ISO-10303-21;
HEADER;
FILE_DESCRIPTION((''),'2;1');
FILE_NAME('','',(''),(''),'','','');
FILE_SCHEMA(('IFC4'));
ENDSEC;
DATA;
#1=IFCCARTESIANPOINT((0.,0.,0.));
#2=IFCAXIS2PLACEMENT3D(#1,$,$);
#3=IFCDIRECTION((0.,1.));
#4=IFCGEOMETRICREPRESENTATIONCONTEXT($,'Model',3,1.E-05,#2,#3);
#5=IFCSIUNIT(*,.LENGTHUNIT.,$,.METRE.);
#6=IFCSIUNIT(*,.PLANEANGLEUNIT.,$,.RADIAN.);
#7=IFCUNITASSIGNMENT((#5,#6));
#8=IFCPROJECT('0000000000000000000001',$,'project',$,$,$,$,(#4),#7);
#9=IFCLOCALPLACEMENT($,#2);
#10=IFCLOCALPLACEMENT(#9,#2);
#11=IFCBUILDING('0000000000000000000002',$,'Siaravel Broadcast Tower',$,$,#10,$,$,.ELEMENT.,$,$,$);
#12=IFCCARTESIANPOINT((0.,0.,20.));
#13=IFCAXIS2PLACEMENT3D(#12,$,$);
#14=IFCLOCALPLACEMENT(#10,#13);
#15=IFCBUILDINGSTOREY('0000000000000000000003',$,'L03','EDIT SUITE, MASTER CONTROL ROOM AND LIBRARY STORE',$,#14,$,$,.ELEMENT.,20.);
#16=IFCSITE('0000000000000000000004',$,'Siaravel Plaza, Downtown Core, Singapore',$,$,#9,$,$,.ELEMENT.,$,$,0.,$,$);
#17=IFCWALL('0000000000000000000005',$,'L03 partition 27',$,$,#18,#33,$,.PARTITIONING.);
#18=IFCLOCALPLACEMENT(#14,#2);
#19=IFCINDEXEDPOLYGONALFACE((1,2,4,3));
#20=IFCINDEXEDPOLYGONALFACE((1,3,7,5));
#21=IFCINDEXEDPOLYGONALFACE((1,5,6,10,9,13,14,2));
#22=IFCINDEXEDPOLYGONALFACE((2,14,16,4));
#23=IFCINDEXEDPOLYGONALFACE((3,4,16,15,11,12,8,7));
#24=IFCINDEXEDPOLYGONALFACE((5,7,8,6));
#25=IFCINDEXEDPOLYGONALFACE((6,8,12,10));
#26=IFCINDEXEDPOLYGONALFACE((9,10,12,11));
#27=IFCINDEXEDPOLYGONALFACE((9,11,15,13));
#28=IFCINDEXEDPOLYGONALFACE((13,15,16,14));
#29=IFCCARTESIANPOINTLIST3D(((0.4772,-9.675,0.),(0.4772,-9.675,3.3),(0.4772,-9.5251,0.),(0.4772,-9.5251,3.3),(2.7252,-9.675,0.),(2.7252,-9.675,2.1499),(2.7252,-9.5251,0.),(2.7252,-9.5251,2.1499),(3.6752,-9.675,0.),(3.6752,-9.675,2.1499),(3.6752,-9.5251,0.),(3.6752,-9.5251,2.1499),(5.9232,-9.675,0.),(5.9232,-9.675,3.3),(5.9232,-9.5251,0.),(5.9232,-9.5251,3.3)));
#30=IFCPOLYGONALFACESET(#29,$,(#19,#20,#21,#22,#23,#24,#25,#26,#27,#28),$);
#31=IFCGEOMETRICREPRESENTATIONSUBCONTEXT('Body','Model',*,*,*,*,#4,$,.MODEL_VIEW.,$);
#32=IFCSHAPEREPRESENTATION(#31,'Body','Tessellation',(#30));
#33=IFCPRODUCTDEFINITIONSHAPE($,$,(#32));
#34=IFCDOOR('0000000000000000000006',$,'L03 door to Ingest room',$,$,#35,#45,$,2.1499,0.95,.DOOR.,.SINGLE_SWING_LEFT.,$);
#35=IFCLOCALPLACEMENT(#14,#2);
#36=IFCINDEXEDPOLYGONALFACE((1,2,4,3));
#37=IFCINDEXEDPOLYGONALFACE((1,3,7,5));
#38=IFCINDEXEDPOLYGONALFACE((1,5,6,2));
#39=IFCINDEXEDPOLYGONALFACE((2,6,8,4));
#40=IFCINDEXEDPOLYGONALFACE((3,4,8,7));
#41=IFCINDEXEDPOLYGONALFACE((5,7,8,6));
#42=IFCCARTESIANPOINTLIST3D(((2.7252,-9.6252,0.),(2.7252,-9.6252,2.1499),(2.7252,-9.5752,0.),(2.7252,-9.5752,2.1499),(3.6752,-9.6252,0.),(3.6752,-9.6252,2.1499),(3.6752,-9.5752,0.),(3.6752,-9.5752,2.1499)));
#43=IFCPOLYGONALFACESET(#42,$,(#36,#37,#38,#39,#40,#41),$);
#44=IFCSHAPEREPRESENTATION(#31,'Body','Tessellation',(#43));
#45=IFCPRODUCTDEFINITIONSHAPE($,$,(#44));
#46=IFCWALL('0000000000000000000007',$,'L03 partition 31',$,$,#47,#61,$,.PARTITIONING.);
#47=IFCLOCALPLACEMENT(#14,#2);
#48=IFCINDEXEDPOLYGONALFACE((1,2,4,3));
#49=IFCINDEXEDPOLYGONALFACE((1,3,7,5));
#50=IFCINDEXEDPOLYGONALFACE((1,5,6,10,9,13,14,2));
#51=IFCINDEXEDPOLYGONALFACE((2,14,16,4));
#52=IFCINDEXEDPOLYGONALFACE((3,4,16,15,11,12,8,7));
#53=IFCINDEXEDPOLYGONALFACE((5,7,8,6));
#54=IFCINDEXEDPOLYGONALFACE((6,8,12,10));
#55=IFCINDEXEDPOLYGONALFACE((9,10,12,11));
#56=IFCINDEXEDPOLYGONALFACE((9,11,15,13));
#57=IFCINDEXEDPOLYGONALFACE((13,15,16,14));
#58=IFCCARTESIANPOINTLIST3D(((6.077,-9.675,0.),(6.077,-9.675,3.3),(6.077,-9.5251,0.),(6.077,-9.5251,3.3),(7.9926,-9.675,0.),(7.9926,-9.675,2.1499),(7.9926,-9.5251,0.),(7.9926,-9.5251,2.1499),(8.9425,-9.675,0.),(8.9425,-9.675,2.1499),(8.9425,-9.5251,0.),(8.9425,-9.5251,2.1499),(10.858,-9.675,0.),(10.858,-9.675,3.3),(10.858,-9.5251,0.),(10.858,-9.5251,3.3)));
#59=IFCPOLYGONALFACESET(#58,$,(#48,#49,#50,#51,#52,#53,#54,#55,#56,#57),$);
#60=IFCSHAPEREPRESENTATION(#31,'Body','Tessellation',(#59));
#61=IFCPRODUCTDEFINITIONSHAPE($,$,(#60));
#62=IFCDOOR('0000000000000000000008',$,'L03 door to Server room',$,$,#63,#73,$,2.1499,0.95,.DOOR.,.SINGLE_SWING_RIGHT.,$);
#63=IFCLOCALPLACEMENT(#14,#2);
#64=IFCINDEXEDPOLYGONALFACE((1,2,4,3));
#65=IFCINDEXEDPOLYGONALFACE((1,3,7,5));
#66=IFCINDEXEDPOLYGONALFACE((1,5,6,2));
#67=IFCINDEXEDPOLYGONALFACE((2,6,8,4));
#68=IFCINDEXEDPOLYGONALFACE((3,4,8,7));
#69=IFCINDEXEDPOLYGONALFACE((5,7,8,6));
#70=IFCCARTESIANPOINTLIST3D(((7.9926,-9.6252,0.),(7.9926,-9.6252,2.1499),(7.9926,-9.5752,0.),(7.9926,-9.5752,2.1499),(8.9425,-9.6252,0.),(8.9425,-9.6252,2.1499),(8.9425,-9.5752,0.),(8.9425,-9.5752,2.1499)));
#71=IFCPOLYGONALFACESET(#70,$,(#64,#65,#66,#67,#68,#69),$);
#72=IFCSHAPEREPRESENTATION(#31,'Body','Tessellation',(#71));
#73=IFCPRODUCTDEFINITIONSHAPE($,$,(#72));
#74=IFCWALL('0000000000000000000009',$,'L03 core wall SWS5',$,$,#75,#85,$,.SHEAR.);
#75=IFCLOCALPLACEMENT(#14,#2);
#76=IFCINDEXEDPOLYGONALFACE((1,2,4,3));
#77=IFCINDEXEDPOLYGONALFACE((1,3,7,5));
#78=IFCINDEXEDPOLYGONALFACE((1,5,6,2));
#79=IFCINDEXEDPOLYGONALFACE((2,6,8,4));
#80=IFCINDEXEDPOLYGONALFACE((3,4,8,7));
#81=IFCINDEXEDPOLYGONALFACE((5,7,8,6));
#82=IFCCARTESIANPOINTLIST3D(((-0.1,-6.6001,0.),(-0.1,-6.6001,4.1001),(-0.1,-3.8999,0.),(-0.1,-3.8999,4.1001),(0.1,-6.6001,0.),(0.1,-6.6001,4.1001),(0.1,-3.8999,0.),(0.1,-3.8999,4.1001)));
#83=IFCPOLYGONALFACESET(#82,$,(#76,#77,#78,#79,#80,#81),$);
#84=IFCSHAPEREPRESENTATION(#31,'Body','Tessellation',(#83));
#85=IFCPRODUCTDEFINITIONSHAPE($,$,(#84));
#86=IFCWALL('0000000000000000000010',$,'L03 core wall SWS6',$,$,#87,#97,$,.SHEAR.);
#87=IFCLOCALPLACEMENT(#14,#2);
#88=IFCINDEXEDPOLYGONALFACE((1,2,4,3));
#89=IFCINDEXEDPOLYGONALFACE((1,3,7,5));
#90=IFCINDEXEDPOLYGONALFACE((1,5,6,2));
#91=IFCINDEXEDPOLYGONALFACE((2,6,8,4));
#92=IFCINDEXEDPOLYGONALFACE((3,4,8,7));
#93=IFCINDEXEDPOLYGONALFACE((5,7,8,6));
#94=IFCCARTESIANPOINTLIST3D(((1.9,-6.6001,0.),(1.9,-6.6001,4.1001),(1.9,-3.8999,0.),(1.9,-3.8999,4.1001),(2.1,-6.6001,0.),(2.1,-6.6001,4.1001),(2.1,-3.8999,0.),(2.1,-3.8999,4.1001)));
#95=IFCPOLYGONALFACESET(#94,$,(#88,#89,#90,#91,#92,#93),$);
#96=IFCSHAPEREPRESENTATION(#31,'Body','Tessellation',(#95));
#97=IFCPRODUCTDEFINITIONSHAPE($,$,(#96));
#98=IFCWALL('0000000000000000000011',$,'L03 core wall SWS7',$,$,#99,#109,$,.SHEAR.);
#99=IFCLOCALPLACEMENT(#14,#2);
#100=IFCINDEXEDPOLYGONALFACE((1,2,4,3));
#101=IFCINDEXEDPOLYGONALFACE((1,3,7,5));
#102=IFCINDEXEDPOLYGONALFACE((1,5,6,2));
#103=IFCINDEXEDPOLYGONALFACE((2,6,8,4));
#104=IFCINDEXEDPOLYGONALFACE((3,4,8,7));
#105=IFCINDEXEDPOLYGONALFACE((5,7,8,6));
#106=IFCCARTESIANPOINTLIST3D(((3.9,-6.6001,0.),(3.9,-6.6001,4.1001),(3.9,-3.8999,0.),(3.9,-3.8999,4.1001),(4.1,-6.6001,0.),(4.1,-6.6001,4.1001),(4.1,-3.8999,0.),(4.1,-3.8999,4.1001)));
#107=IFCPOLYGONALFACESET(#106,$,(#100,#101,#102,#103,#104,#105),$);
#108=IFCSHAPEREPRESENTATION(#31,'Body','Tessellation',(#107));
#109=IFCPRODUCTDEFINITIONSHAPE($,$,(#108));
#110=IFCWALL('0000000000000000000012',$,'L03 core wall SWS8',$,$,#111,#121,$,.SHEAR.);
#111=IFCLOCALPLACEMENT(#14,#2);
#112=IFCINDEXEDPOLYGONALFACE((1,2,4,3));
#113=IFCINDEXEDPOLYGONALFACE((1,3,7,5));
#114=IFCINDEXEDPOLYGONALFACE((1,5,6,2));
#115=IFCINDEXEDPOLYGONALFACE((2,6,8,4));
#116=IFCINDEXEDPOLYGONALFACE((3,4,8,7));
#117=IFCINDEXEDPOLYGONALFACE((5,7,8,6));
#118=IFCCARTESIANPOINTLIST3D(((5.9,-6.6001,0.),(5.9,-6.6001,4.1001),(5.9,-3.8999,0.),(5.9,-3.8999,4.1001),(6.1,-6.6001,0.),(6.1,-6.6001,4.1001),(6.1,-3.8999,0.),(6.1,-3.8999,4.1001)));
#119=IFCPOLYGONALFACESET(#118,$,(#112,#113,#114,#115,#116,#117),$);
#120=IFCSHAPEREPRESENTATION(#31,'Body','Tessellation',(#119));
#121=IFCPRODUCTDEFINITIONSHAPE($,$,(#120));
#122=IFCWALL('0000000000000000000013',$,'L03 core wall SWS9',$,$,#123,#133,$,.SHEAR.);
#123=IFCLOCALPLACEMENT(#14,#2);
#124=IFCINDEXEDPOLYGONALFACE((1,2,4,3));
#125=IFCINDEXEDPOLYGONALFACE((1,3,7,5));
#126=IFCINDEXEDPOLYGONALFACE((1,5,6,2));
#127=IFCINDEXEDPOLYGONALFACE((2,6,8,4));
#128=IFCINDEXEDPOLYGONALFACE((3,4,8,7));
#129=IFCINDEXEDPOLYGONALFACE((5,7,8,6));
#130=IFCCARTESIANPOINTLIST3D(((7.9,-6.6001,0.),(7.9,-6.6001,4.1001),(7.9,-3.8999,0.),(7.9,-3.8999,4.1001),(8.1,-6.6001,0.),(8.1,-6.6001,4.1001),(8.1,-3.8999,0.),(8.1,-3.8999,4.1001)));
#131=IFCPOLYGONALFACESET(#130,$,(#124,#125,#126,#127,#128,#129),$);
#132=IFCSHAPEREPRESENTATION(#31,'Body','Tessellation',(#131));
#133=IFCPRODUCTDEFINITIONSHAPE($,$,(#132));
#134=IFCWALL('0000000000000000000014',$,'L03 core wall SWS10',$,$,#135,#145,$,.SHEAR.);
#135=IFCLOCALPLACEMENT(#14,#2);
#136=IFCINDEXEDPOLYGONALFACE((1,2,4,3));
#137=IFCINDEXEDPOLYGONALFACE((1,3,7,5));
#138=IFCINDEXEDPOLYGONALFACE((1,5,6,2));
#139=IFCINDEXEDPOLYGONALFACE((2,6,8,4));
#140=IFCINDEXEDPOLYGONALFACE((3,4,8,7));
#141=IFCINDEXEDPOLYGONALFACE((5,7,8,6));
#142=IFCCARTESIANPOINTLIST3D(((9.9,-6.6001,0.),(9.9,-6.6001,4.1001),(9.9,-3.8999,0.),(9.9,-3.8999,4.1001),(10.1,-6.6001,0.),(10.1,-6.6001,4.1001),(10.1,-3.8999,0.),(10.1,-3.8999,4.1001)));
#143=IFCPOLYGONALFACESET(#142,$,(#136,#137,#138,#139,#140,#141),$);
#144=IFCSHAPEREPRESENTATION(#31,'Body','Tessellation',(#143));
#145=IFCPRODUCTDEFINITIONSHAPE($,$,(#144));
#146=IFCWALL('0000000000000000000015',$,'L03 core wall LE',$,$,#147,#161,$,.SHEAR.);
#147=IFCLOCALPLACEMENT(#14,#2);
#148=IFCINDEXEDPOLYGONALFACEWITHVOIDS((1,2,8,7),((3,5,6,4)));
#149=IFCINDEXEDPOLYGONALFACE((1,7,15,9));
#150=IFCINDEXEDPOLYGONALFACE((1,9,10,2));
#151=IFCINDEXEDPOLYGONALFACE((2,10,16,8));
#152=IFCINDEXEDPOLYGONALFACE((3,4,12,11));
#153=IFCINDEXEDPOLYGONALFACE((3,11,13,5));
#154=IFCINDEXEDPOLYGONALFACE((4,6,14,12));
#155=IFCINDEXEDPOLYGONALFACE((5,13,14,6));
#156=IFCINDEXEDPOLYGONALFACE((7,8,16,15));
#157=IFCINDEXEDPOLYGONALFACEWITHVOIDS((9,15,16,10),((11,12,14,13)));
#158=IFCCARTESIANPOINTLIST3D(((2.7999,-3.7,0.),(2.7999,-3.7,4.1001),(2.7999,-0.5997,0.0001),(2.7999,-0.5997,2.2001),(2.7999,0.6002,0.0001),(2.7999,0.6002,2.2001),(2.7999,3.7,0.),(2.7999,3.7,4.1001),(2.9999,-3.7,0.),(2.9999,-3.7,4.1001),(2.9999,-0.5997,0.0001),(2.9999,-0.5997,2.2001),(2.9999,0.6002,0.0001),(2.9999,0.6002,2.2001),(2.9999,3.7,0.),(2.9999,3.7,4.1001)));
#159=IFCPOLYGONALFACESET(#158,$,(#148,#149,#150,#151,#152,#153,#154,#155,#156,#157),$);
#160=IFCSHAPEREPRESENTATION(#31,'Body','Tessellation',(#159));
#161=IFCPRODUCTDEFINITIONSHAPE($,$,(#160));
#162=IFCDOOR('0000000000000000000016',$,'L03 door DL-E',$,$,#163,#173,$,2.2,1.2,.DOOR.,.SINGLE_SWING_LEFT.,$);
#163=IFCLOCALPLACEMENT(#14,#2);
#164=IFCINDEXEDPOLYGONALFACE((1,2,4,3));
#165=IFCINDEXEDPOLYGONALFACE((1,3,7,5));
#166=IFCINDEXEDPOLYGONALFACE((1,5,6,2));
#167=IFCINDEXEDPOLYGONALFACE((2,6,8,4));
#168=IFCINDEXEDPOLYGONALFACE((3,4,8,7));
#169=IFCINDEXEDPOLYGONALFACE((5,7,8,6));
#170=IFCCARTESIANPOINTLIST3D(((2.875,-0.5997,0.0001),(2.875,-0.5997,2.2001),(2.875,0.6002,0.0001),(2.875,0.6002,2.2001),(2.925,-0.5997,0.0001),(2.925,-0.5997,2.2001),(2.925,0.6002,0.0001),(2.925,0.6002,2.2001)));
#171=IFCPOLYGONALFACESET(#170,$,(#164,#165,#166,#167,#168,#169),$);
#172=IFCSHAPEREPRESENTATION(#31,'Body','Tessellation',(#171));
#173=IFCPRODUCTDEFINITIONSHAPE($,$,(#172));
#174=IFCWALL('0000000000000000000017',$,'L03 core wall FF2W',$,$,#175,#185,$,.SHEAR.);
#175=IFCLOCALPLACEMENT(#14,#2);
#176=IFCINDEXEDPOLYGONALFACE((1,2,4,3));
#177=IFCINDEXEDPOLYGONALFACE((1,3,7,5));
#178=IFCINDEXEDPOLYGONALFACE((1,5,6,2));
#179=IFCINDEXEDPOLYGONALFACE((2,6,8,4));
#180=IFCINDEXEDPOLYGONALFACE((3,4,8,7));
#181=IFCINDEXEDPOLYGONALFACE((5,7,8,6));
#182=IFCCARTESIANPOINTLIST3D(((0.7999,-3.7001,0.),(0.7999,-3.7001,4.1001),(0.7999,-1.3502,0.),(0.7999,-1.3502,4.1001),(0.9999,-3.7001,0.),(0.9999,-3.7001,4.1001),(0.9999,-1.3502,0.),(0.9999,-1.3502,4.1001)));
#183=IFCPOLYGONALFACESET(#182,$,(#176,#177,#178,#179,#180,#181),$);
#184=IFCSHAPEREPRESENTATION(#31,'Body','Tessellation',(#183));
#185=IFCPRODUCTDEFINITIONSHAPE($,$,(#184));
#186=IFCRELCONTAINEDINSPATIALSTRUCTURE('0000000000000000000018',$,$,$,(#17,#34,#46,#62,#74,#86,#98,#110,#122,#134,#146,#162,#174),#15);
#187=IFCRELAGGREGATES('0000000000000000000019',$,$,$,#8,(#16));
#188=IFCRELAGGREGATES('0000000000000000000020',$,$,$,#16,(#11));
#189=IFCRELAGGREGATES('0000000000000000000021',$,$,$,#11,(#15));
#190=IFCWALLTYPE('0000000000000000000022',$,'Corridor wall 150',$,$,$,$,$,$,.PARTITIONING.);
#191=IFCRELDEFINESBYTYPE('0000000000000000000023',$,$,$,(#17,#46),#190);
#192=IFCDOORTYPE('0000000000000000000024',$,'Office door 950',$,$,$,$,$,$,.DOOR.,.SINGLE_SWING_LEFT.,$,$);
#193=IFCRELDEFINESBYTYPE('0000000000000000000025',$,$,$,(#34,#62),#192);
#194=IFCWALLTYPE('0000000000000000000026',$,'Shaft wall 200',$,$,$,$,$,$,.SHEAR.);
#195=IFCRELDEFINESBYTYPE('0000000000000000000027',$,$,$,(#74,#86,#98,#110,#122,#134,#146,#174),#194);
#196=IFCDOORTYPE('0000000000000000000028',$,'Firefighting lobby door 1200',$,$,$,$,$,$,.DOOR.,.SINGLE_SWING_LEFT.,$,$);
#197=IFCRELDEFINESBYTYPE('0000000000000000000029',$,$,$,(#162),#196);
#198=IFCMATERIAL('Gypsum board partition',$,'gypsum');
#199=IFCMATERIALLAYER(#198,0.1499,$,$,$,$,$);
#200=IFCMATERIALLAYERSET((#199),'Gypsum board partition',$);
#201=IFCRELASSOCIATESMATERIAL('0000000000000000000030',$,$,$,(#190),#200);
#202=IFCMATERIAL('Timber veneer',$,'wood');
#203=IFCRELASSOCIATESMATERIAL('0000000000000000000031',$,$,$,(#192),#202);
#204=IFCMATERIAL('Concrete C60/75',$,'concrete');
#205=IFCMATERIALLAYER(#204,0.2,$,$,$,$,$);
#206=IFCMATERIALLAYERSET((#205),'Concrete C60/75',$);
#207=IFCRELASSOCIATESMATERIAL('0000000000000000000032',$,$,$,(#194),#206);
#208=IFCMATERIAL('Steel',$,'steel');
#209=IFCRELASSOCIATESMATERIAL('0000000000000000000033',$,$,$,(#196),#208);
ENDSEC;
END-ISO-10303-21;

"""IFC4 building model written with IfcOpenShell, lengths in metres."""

from ifc_helpers import new_model, si_unit, direction, frame, frame_2d, origin, place, context, subcontext, project, spatial, rectangle, extrude, material, layer, layer_set, type_object, element, fill, save


model = new_model("IFC4")

# Units and contexts
model_context = context("Model", 3, precision=1e-05, world=origin(), true_north=direction((0.0, 1.0)))
body_context = subcontext(model_context, "Body", "Model", "MODEL_VIEW")
ifc_project = project(units=[si_unit("LENGTHUNIT", "METRE"), si_unit("PLANEANGLEUNIT", "RADIAN")], contexts=[model_context])

# Site, building, storey
site_placement = place(None, origin())
site = spatial("IfcSite", under=ifc_project, at=site_placement, Name="Siaravel Plaza, Downtown Core, Singapore", CompositionType="ELEMENT", RefElevation=0.0)
building_placement = place(site_placement, origin())
building = spatial("IfcBuilding", under=site, at=building_placement, Name="Siaravel Broadcast Tower", CompositionType="ELEMENT")
storey_placement = place(building_placement, frame((0.0, 0.0, 20.0)))
storey = spatial("IfcBuildingStorey", under=building, at=storey_placement, Name="L03", Description="EDIT SUITE, MASTER CONTROL ROOM AND LIBRARY STORE", CompositionType="ELEMENT", Elevation=20.0)

# Shared definitions
ifc_material_1 = material(Name="Concrete C60/75", Category="concrete")
ifc_material_2 = material(Name="Steel", Category="steel")

# Shared definitions
ifc_material_3 = material(Name="Gypsum board partition", Category="gypsum")
ifc_layer_1 = layer(ifc_material_3, 0.1499)
ifc_layer_set_1 = layer_set([ifc_layer_1], Name="Gypsum board partition")
wall_type_1 = type_object("IfcWallType", Name="Corridor wall 150", PredefinedType="PARTITIONING", material=ifc_layer_set_1)
ifc_material_4 = material(Name="Timber veneer", Category="wood")

# Walls, openings, doors
wall_1_placement = place(storey_placement, frame((0.4771, -9.6001, 0.0), z_axis=(0.0, 0.0, 1.0), x_axis=(1.0, 0.0, 0.0)))
wall_1 = element("IfcWall", 1, at=wall_1_placement, inside=storey, type_object=wall_type_1, Name="L03 partition 27", PredefinedType="PARTITIONING", context=body_context, shape_type="SweptSolid", body=[
    extrude(rectangle(XDim=5.446, YDim=0.1499, at=frame_2d((2.7231, 0.0))), origin(), (0.0, 0.0, 1.0), 3.3),
])
opening_1_placement = place(wall_1_placement, frame((2.248, 0.0, 0.0)))
opening_1 = element("IfcOpeningElement", 2, at=opening_1_placement, cuts=wall_1, PredefinedType="OPENING", context=body_context, shape_type="SweptSolid", body=[
    extrude(rectangle(XDim=0.95, YDim=2.1499, at=frame_2d((0.4751, 1.075))), frame((0.0, 0.085, 0.0), z_axis=(0.0, -1.0, 0.0), x_axis=(1.0, 0.0, 0.0)), (0.0, 0.0, 1.0), 0.1699),
])
door_type_1 = type_object("IfcDoorType", Name="Office door 950", OperationType="SINGLE_SWING_LEFT", PredefinedType="DOOR", material=ifc_material_4)
door_1_placement = place(opening_1_placement, origin())
door_1 = element("IfcDoor", 3, at=door_1_placement, inside=storey, type_object=door_type_1, Name="L03 door to Ingest room", OperationType="SINGLE_SWING_LEFT", OverallHeight=2.1499, OverallWidth=0.95, PredefinedType="DOOR", context=body_context, shape_type="SweptSolid", body=[
    extrude(rectangle(XDim=0.95, YDim=2.1499, at=frame_2d((0.4751, 1.075))), frame((0.0, 0.0249, 0.0), z_axis=(0.0, -1.0, 0.0), x_axis=(1.0, 0.0, 0.0)), (0.0, 0.0, 1.0), 0.05),
])
fill(opening_1, door_1)
wall_2_placement = place(storey_placement, frame((6.0769, -9.6001, 0.0), z_axis=(0.0, 0.0, 1.0), x_axis=(1.0, 0.0, 0.0)))
wall_2 = element("IfcWall", 4, at=wall_2_placement, inside=storey, type_object=wall_type_1, Name="L03 partition 31", PredefinedType="PARTITIONING", context=body_context, shape_type="SweptSolid", body=[
    extrude(rectangle(XDim=4.781, YDim=0.1499, at=frame_2d((2.3906, 0.0))), origin(), (0.0, 0.0, 1.0), 3.3),
])
opening_2_placement = place(wall_2_placement, frame((1.9155, 0.0, 0.0)))
opening_2 = element("IfcOpeningElement", 5, at=opening_2_placement, cuts=wall_2, PredefinedType="OPENING", context=body_context, shape_type="SweptSolid", body=[
    extrude(rectangle(XDim=0.95, YDim=2.1499, at=frame_2d((0.4751, 1.075))), frame((0.0, 0.085, 0.0), z_axis=(0.0, -1.0, 0.0), x_axis=(1.0, 0.0, 0.0)), (0.0, 0.0, 1.0), 0.1699),
])
door_2_placement = place(opening_2_placement, origin())
door_2 = element("IfcDoor", 6, at=door_2_placement, inside=storey, type_object=door_type_1, Name="L03 door to Server room", OperationType="SINGLE_SWING_RIGHT", OverallHeight=2.1499, OverallWidth=0.95, PredefinedType="DOOR", context=body_context, shape_type="SweptSolid", body=[
    extrude(rectangle(XDim=0.95, YDim=2.1499, at=frame_2d((0.4751, 1.075))), frame((0.0, 0.0249, 0.0), z_axis=(0.0, -1.0, 0.0), x_axis=(1.0, 0.0, 0.0)), (0.0, 0.0, 1.0), 0.05),
])
fill(opening_2, door_2)

# Walls
ifc_layer_2 = layer(ifc_material_1, 0.2)
ifc_layer_set_2 = layer_set([ifc_layer_2], Name="Concrete C60/75")
wall_type_2 = type_object("IfcWallType", Name="Shaft wall 200", PredefinedType="SHEAR", material=ifc_layer_set_2)
for number, where, z_axis, x_axis, name in (
    (7, (0.0, -6.6001, 0.0), (0.0, 0.0, 1.0), (0.0, 1.0, 0.0), "L03 core wall SWS5"),
    (8, (2.0, -6.6001, 0.0), (0.0, 0.0, 1.0), (0.0, 1.0, 0.0), "L03 core wall SWS6"),
    (9, (4.0, -6.6001, 0.0), (0.0, 0.0, 1.0), (0.0, 1.0, 0.0), "L03 core wall SWS7"),
    (10, (6.0, -6.6001, 0.0), (0.0, 0.0, 1.0), (0.0, 1.0, 0.0), "L03 core wall SWS8"),
    (11, (8.0, -6.6001, 0.0), (0.0, 0.0, 1.0), (0.0, 1.0, 0.0), "L03 core wall SWS9"),
    (12, (10.0, -6.6001, 0.0), (0.0, 0.0, 1.0), (0.0, 1.0, 0.0), "L03 core wall SWS10"),
):
    element("IfcWall", number, at=place(storey_placement, frame(where, z_axis=z_axis, x_axis=x_axis)), inside=storey, type_object=wall_type_2, Name=name, PredefinedType="SHEAR", context=body_context, shape_type="SweptSolid", body=[
        extrude(rectangle(XDim=2.7002, YDim=0.2, at=frame_2d((1.3501, 0.0))), origin(), (0.0, 0.0, 1.0), 4.1001),
    ])

# Wall, opening, door
wall_3_placement = place(storey_placement, frame((2.8999, -3.7, 0.0), z_axis=(0.0, 0.0, 1.0), x_axis=(0.0, 1.0, 0.0)))
wall_3 = element("IfcWall", 13, at=wall_3_placement, inside=storey, type_object=wall_type_2, Name="L03 core wall LE", PredefinedType="SHEAR", context=body_context, shape_type="SweptSolid", body=[
    extrude(rectangle(XDim=7.3999, YDim=0.2, at=frame_2d((3.7, 0.0))), origin(), (0.0, 0.0, 1.0), 4.1001),
])
opening_3_placement = place(wall_3_placement, frame((3.1001, 0.0, 0.0)))
opening_3 = element("IfcOpeningElement", 14, at=opening_3_placement, cuts=wall_3, PredefinedType="OPENING", context=body_context, shape_type="SweptSolid", body=[
    extrude(rectangle(XDim=1.2, YDim=2.2, at=frame_2d((0.6001, 1.1001))), frame((0.0, 0.1099, 0.0), z_axis=(0.0, -1.0, 0.0), x_axis=(1.0, 0.0, 0.0)), (0.0, 0.0, 1.0), 0.22),
])
door_type_2 = type_object("IfcDoorType", Name="Firefighting lobby door 1200", OperationType="SINGLE_SWING_LEFT", PredefinedType="DOOR", material=ifc_material_2)
door_3_placement = place(opening_3_placement, origin())
door_3 = element("IfcDoor", 15, at=door_3_placement, inside=storey, type_object=door_type_2, Name="L03 door DL-E", OperationType="SINGLE_SWING_LEFT", OverallHeight=2.2, OverallWidth=1.2, PredefinedType="DOOR", context=body_context, shape_type="SweptSolid", body=[
    extrude(rectangle(XDim=1.2, YDim=2.2, at=frame_2d((0.6001, 1.1001))), frame((0.0, 0.0249, 0.0), z_axis=(0.0, -1.0, 0.0), x_axis=(1.0, 0.0, 0.0)), (0.0, 0.0, 1.0), 0.05),
])
fill(opening_3, door_3)

# Wall
wall_4_placement = place(storey_placement, frame((0.8999, -3.7, 0.0), z_axis=(0.0, 0.0, 1.0), x_axis=(0.0, 1.0, 0.0)))
element("IfcWall", 16, at=wall_4_placement, inside=storey, type_object=wall_type_2, Name="L03 core wall FF2W", PredefinedType="SHEAR", context=body_context, shape_type="SweptSolid", body=[
    extrude(rectangle(XDim=2.3499, YDim=0.2, at=frame_2d((1.1748, 0.0))), origin(), (0.0, 0.0, 1.0), 4.1001),
])

save(model, "model.ifc")
